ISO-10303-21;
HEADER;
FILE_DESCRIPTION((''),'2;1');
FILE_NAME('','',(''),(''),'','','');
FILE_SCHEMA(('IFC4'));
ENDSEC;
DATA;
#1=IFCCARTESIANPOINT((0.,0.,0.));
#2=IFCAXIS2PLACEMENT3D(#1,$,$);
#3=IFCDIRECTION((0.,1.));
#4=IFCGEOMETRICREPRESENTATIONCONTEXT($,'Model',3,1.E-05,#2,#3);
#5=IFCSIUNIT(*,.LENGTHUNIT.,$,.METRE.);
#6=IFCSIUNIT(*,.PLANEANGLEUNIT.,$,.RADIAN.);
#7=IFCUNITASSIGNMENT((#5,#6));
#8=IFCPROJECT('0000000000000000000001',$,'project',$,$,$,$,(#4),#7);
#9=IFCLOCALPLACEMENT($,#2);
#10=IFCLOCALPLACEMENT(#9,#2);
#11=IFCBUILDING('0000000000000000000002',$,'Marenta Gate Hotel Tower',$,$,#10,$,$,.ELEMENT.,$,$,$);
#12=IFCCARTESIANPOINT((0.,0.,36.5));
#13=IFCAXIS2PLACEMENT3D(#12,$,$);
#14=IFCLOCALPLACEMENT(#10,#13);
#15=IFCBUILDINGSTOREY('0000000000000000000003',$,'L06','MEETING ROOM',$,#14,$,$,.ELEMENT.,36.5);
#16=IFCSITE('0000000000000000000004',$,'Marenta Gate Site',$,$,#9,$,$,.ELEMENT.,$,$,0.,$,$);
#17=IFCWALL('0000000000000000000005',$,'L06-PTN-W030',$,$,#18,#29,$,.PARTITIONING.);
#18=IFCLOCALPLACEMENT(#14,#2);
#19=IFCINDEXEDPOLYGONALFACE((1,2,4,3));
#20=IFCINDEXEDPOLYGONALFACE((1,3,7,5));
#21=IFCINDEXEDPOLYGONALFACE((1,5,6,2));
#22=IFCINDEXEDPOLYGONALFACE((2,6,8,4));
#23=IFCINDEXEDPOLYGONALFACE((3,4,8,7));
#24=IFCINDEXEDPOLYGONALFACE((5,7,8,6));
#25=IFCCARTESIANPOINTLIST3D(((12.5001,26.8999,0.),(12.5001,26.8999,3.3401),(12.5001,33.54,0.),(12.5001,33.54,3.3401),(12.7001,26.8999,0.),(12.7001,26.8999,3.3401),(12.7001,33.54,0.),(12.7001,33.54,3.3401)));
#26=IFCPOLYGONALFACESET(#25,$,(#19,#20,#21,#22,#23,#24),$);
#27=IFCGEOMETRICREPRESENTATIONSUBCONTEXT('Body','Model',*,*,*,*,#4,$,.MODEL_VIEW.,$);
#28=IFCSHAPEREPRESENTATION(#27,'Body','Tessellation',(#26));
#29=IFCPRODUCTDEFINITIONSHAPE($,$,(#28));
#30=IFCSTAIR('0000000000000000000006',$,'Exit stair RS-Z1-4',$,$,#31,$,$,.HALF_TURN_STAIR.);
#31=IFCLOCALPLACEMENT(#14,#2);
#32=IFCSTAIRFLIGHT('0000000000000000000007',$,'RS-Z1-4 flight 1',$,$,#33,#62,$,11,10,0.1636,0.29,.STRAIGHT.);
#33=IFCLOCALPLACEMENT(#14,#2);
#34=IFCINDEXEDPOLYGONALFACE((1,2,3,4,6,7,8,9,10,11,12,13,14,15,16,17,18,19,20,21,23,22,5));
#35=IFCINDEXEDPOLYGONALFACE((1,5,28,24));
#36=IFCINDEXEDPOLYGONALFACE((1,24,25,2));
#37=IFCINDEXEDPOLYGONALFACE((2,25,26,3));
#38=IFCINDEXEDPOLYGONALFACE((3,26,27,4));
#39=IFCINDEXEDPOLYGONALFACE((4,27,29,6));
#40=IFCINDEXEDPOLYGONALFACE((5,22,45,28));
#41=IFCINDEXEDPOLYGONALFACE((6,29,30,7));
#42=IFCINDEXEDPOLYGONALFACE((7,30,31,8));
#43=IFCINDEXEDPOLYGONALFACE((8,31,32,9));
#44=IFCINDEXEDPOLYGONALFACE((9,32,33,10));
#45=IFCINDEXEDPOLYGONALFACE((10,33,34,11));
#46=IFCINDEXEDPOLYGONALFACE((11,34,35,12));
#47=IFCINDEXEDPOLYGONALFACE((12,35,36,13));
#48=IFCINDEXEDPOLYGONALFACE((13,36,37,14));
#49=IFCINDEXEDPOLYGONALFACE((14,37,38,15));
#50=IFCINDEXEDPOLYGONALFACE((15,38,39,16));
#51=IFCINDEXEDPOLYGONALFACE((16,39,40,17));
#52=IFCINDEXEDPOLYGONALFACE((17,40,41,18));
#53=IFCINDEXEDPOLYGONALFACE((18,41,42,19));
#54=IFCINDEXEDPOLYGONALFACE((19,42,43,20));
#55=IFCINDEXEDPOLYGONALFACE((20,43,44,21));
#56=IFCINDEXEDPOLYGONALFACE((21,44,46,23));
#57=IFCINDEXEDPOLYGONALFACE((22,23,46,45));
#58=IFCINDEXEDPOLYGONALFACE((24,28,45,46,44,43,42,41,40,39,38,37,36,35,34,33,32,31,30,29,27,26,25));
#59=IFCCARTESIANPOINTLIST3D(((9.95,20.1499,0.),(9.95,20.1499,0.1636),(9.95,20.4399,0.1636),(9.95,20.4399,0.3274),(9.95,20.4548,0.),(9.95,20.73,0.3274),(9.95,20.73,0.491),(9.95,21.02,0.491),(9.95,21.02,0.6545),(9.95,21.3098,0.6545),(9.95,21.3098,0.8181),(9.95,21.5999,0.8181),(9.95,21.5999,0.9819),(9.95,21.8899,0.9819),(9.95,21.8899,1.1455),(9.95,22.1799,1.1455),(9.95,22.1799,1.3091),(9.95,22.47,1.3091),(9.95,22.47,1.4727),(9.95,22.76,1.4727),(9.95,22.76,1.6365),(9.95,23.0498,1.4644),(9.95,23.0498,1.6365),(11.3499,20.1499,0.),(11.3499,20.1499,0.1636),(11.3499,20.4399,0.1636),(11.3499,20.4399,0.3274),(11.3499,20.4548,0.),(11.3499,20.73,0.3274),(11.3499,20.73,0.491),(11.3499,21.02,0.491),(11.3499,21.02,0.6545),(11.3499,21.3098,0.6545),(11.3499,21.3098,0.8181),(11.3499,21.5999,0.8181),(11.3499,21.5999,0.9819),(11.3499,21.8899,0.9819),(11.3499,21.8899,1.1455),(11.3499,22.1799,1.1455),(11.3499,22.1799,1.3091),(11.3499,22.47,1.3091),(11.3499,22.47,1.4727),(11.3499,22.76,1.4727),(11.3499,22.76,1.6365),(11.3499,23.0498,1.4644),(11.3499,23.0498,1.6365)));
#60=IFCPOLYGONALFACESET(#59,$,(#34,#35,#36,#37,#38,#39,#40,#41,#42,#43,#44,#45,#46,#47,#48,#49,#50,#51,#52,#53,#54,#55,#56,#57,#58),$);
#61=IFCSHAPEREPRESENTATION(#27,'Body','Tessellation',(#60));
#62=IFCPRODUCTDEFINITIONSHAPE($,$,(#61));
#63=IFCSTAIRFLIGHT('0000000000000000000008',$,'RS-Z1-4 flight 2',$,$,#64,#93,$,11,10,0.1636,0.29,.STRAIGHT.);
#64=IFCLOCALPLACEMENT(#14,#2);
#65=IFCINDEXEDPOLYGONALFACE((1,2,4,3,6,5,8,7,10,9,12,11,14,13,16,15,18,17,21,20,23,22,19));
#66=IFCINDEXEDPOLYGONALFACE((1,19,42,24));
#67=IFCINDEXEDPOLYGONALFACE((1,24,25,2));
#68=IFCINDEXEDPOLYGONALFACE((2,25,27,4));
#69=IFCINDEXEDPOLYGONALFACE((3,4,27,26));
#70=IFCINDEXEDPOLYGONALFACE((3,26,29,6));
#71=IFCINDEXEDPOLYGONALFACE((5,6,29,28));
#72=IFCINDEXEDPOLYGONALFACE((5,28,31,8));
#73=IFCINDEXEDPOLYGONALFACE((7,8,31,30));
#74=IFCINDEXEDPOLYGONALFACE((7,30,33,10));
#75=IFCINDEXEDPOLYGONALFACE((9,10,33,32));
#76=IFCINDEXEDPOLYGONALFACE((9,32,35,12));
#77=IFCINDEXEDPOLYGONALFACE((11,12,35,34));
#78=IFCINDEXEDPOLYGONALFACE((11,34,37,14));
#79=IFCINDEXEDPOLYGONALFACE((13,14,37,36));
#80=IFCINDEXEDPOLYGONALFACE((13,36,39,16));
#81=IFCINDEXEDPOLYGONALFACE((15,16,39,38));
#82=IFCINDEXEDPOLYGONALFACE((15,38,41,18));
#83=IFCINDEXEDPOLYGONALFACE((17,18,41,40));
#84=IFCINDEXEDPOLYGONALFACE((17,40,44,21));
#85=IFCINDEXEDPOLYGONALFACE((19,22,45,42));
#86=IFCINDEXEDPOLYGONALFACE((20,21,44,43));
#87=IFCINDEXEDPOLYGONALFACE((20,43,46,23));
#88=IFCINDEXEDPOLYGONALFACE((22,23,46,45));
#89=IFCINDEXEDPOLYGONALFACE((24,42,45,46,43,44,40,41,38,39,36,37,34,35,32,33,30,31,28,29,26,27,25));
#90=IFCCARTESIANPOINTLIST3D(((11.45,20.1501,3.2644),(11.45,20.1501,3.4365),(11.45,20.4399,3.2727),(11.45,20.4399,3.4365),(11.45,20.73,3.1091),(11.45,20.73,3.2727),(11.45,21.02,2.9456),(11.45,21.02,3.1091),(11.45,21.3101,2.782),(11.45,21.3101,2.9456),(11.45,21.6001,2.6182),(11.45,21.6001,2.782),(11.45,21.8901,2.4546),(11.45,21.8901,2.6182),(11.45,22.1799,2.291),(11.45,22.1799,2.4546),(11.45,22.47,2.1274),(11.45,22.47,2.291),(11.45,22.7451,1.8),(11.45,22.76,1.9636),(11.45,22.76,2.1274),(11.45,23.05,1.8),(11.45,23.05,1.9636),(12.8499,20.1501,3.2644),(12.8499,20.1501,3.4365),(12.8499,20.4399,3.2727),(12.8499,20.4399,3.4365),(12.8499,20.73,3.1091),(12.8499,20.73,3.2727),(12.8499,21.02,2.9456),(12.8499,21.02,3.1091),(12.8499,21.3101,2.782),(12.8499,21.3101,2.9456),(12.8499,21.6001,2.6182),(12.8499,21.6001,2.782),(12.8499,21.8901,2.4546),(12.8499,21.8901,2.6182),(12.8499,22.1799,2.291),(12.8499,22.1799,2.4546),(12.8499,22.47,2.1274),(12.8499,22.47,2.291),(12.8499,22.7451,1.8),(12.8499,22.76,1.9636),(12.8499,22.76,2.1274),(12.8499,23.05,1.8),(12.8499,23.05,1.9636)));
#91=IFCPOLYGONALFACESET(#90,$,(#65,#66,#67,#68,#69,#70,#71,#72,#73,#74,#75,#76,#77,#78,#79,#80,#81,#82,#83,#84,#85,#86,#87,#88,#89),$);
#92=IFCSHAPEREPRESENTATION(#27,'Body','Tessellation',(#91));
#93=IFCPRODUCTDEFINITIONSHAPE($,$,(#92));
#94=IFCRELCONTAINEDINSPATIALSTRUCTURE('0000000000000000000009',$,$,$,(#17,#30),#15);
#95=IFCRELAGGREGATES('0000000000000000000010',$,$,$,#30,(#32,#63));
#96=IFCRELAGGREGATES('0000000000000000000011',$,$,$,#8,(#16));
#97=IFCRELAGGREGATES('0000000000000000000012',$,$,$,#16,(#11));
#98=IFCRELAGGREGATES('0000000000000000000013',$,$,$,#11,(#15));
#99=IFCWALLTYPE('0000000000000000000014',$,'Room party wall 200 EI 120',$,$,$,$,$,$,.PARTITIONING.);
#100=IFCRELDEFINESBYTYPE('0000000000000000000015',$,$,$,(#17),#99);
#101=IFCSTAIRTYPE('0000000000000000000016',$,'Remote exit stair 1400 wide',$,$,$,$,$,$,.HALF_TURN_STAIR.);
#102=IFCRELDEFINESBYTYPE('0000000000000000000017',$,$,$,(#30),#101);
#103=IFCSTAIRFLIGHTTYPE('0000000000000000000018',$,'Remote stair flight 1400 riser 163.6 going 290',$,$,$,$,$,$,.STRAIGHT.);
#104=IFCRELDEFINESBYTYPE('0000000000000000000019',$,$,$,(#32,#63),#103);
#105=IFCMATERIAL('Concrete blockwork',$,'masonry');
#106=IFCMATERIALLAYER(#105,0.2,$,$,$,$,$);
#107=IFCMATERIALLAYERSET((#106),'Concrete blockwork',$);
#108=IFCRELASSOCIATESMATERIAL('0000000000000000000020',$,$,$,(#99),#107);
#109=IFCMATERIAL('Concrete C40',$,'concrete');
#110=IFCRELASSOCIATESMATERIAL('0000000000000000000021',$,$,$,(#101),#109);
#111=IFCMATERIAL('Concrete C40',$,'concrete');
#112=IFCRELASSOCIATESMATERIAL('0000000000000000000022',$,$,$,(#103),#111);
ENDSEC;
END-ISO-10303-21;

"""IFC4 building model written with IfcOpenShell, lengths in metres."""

from ifc_helpers import new_model, si_unit, direction, frame, frame_2d, origin, place, context, subcontext, project, spatial, polyline, rectangle, outline, extrude, material, layer, layer_set, type_object, element, aggregate, save


model = new_model("IFC4")

# Units and contexts
model_context = context("Model", 3, precision=1e-05, world=origin(), true_north=direction((0.0, 1.0)))
body_context = subcontext(model_context, "Body", "Model", "MODEL_VIEW")
ifc_project = project(units=[si_unit("LENGTHUNIT", "METRE"), si_unit("PLANEANGLEUNIT", "RADIAN")], contexts=[model_context])

# Site, building, storey
site_placement = place(None, origin())
site = spatial("IfcSite", under=ifc_project, at=site_placement, Name="Marenta Gate Site", CompositionType="ELEMENT", RefElevation=0.0)
building_placement = place(site_placement, origin())
building = spatial("IfcBuilding", under=site, at=building_placement, Name="Marenta Gate Hotel Tower", CompositionType="ELEMENT")
storey_placement = place(building_placement, frame((0.0, 0.0, 36.5)))
storey = spatial("IfcBuildingStorey", under=building, at=storey_placement, Name="L06", Description="MEETING ROOM", CompositionType="ELEMENT", Elevation=36.5)

# Wall
ifc_material_1 = material(Name="Concrete blockwork", Category="masonry")
ifc_layer_1 = layer(ifc_material_1, 0.2)
ifc_layer_set_1 = layer_set([ifc_layer_1], Name="Concrete blockwork")
wall_type_1 = type_object("IfcWallType", Name="Room party wall 200 EI 120", PredefinedType="PARTITIONING", material=ifc_layer_set_1)
wall_1_placement = place(storey_placement, frame((12.6001, 26.8999, 0.0), z_axis=(0.0, 0.0, 1.0), x_axis=(0.0, 1.0, 0.0)))
element("IfcWall", 1, at=wall_1_placement, inside=storey, type_object=wall_type_1, Name="L06-PTN-W030", PredefinedType="PARTITIONING", context=body_context, shape_type="SweptSolid", body=[
    extrude(rectangle(XDim=6.6401, YDim=0.2, at=frame_2d((3.3201, 0.0))), origin(), (0.0, 0.0, 1.0), 3.3401),
])

# Stair, stair flights
ifc_material_2 = material(Name="Concrete C40", Category="concrete")
stair_type = type_object("IfcStairType", Name="Remote exit stair 1400 wide", PredefinedType="HALF_TURN_STAIR", material=ifc_material_2)
stair_placement = place(storey_placement, origin())
stair = element("IfcStair", 2, at=stair_placement, inside=storey, type_object=stair_type, Name="Exit stair RS-Z1-4", PredefinedType="HALF_TURN_STAIR")
ifc_material_3 = material(Name="Concrete C40", Category="concrete")
stair_flight_type = type_object("IfcStairFlightType", Name="Remote stair flight 1400 riser 163.6 going 290", PredefinedType="STRAIGHT", material=ifc_material_3)
stair_flight_1_placement = place(storey_placement, frame((10.6499, 20.1499, 0.0), z_axis=(0.0, 0.0, 1.0), x_axis=(0.0, 1.0, 0.0)))
stair_flight_1 = element("IfcStairFlight", 3, at=stair_flight_1_placement, type_object=stair_flight_type, Name="RS-Z1-4 flight 1", NumberOfRisers=11, NumberOfTreads=10, PredefinedType="STRAIGHT", RiserHeight=0.1636, TreadLength=0.29, context=body_context, shape_type="SweptSolid", body=[
    extrude(outline(polyline([(0.0, 0.0), (0.0, 0.1636), (0.29, 0.1636), (0.29, 0.3274), (0.5801, 0.3274), (0.5801, 0.491), (0.8701, 0.491), (0.8701, 0.6545), (1.1599, 0.6545), (1.1599, 0.8181), (1.45, 0.8181), (1.45, 0.9819), (1.74, 0.9819), (1.74, 1.1455), (2.03, 1.1455), (2.03, 1.3091), (2.3201, 1.3091), (2.3201, 1.4727), (2.6101, 1.4727), (2.6101, 1.6365), (2.8999, 1.6365), (2.8999, 1.8), (2.8999, 1.4644), (0.3049, 0.0), (0.0, 0.0)])), frame((0.0, 0.7, 0.0), z_axis=(0.0, -1.0, 0.0), x_axis=(1.0, 0.0, 0.0)), (0.0, 0.0, 1.0), 1.3999),
])
stair_flight_2_placement = place(storey_placement, frame((12.1499, 23.05, 1.8), z_axis=(0.0, 0.0, 1.0), x_axis=(0.0, -1.0, 0.0)))
stair_flight_2 = element("IfcStairFlight", 4, at=stair_flight_2_placement, type_object=stair_flight_type, Name="RS-Z1-4 flight 2", NumberOfRisers=11, NumberOfTreads=10, PredefinedType="STRAIGHT", RiserHeight=0.1636, TreadLength=0.29, context=body_context, shape_type="SweptSolid", body=[
    extrude(outline(polyline([(0.0, 0.0), (0.0, 0.1636), (0.29, 0.1636), (0.29, 0.3274), (0.5801, 0.3274), (0.5801, 0.491), (0.8701, 0.491), (0.8701, 0.6545), (1.1599, 0.6545), (1.1599, 0.8181), (1.45, 0.8181), (1.45, 0.9819), (1.74, 0.9819), (1.74, 1.1455), (2.03, 1.1455), (2.03, 1.3091), (2.3201, 1.3091), (2.3201, 1.4727), (2.6101, 1.4727), (2.6101, 1.6365), (2.8999, 1.6365), (2.8999, 1.8), (2.8999, 1.4644), (0.3049, 0.0), (0.0, 0.0)])), frame((0.0, 0.7, 0.0), z_axis=(0.0, -1.0, 0.0), x_axis=(1.0, 0.0, 0.0)), (0.0, 0.0, 1.0), 1.3999),
])
aggregate(stair, [stair_flight_1, stair_flight_2])

save(model, "model.ifc")
